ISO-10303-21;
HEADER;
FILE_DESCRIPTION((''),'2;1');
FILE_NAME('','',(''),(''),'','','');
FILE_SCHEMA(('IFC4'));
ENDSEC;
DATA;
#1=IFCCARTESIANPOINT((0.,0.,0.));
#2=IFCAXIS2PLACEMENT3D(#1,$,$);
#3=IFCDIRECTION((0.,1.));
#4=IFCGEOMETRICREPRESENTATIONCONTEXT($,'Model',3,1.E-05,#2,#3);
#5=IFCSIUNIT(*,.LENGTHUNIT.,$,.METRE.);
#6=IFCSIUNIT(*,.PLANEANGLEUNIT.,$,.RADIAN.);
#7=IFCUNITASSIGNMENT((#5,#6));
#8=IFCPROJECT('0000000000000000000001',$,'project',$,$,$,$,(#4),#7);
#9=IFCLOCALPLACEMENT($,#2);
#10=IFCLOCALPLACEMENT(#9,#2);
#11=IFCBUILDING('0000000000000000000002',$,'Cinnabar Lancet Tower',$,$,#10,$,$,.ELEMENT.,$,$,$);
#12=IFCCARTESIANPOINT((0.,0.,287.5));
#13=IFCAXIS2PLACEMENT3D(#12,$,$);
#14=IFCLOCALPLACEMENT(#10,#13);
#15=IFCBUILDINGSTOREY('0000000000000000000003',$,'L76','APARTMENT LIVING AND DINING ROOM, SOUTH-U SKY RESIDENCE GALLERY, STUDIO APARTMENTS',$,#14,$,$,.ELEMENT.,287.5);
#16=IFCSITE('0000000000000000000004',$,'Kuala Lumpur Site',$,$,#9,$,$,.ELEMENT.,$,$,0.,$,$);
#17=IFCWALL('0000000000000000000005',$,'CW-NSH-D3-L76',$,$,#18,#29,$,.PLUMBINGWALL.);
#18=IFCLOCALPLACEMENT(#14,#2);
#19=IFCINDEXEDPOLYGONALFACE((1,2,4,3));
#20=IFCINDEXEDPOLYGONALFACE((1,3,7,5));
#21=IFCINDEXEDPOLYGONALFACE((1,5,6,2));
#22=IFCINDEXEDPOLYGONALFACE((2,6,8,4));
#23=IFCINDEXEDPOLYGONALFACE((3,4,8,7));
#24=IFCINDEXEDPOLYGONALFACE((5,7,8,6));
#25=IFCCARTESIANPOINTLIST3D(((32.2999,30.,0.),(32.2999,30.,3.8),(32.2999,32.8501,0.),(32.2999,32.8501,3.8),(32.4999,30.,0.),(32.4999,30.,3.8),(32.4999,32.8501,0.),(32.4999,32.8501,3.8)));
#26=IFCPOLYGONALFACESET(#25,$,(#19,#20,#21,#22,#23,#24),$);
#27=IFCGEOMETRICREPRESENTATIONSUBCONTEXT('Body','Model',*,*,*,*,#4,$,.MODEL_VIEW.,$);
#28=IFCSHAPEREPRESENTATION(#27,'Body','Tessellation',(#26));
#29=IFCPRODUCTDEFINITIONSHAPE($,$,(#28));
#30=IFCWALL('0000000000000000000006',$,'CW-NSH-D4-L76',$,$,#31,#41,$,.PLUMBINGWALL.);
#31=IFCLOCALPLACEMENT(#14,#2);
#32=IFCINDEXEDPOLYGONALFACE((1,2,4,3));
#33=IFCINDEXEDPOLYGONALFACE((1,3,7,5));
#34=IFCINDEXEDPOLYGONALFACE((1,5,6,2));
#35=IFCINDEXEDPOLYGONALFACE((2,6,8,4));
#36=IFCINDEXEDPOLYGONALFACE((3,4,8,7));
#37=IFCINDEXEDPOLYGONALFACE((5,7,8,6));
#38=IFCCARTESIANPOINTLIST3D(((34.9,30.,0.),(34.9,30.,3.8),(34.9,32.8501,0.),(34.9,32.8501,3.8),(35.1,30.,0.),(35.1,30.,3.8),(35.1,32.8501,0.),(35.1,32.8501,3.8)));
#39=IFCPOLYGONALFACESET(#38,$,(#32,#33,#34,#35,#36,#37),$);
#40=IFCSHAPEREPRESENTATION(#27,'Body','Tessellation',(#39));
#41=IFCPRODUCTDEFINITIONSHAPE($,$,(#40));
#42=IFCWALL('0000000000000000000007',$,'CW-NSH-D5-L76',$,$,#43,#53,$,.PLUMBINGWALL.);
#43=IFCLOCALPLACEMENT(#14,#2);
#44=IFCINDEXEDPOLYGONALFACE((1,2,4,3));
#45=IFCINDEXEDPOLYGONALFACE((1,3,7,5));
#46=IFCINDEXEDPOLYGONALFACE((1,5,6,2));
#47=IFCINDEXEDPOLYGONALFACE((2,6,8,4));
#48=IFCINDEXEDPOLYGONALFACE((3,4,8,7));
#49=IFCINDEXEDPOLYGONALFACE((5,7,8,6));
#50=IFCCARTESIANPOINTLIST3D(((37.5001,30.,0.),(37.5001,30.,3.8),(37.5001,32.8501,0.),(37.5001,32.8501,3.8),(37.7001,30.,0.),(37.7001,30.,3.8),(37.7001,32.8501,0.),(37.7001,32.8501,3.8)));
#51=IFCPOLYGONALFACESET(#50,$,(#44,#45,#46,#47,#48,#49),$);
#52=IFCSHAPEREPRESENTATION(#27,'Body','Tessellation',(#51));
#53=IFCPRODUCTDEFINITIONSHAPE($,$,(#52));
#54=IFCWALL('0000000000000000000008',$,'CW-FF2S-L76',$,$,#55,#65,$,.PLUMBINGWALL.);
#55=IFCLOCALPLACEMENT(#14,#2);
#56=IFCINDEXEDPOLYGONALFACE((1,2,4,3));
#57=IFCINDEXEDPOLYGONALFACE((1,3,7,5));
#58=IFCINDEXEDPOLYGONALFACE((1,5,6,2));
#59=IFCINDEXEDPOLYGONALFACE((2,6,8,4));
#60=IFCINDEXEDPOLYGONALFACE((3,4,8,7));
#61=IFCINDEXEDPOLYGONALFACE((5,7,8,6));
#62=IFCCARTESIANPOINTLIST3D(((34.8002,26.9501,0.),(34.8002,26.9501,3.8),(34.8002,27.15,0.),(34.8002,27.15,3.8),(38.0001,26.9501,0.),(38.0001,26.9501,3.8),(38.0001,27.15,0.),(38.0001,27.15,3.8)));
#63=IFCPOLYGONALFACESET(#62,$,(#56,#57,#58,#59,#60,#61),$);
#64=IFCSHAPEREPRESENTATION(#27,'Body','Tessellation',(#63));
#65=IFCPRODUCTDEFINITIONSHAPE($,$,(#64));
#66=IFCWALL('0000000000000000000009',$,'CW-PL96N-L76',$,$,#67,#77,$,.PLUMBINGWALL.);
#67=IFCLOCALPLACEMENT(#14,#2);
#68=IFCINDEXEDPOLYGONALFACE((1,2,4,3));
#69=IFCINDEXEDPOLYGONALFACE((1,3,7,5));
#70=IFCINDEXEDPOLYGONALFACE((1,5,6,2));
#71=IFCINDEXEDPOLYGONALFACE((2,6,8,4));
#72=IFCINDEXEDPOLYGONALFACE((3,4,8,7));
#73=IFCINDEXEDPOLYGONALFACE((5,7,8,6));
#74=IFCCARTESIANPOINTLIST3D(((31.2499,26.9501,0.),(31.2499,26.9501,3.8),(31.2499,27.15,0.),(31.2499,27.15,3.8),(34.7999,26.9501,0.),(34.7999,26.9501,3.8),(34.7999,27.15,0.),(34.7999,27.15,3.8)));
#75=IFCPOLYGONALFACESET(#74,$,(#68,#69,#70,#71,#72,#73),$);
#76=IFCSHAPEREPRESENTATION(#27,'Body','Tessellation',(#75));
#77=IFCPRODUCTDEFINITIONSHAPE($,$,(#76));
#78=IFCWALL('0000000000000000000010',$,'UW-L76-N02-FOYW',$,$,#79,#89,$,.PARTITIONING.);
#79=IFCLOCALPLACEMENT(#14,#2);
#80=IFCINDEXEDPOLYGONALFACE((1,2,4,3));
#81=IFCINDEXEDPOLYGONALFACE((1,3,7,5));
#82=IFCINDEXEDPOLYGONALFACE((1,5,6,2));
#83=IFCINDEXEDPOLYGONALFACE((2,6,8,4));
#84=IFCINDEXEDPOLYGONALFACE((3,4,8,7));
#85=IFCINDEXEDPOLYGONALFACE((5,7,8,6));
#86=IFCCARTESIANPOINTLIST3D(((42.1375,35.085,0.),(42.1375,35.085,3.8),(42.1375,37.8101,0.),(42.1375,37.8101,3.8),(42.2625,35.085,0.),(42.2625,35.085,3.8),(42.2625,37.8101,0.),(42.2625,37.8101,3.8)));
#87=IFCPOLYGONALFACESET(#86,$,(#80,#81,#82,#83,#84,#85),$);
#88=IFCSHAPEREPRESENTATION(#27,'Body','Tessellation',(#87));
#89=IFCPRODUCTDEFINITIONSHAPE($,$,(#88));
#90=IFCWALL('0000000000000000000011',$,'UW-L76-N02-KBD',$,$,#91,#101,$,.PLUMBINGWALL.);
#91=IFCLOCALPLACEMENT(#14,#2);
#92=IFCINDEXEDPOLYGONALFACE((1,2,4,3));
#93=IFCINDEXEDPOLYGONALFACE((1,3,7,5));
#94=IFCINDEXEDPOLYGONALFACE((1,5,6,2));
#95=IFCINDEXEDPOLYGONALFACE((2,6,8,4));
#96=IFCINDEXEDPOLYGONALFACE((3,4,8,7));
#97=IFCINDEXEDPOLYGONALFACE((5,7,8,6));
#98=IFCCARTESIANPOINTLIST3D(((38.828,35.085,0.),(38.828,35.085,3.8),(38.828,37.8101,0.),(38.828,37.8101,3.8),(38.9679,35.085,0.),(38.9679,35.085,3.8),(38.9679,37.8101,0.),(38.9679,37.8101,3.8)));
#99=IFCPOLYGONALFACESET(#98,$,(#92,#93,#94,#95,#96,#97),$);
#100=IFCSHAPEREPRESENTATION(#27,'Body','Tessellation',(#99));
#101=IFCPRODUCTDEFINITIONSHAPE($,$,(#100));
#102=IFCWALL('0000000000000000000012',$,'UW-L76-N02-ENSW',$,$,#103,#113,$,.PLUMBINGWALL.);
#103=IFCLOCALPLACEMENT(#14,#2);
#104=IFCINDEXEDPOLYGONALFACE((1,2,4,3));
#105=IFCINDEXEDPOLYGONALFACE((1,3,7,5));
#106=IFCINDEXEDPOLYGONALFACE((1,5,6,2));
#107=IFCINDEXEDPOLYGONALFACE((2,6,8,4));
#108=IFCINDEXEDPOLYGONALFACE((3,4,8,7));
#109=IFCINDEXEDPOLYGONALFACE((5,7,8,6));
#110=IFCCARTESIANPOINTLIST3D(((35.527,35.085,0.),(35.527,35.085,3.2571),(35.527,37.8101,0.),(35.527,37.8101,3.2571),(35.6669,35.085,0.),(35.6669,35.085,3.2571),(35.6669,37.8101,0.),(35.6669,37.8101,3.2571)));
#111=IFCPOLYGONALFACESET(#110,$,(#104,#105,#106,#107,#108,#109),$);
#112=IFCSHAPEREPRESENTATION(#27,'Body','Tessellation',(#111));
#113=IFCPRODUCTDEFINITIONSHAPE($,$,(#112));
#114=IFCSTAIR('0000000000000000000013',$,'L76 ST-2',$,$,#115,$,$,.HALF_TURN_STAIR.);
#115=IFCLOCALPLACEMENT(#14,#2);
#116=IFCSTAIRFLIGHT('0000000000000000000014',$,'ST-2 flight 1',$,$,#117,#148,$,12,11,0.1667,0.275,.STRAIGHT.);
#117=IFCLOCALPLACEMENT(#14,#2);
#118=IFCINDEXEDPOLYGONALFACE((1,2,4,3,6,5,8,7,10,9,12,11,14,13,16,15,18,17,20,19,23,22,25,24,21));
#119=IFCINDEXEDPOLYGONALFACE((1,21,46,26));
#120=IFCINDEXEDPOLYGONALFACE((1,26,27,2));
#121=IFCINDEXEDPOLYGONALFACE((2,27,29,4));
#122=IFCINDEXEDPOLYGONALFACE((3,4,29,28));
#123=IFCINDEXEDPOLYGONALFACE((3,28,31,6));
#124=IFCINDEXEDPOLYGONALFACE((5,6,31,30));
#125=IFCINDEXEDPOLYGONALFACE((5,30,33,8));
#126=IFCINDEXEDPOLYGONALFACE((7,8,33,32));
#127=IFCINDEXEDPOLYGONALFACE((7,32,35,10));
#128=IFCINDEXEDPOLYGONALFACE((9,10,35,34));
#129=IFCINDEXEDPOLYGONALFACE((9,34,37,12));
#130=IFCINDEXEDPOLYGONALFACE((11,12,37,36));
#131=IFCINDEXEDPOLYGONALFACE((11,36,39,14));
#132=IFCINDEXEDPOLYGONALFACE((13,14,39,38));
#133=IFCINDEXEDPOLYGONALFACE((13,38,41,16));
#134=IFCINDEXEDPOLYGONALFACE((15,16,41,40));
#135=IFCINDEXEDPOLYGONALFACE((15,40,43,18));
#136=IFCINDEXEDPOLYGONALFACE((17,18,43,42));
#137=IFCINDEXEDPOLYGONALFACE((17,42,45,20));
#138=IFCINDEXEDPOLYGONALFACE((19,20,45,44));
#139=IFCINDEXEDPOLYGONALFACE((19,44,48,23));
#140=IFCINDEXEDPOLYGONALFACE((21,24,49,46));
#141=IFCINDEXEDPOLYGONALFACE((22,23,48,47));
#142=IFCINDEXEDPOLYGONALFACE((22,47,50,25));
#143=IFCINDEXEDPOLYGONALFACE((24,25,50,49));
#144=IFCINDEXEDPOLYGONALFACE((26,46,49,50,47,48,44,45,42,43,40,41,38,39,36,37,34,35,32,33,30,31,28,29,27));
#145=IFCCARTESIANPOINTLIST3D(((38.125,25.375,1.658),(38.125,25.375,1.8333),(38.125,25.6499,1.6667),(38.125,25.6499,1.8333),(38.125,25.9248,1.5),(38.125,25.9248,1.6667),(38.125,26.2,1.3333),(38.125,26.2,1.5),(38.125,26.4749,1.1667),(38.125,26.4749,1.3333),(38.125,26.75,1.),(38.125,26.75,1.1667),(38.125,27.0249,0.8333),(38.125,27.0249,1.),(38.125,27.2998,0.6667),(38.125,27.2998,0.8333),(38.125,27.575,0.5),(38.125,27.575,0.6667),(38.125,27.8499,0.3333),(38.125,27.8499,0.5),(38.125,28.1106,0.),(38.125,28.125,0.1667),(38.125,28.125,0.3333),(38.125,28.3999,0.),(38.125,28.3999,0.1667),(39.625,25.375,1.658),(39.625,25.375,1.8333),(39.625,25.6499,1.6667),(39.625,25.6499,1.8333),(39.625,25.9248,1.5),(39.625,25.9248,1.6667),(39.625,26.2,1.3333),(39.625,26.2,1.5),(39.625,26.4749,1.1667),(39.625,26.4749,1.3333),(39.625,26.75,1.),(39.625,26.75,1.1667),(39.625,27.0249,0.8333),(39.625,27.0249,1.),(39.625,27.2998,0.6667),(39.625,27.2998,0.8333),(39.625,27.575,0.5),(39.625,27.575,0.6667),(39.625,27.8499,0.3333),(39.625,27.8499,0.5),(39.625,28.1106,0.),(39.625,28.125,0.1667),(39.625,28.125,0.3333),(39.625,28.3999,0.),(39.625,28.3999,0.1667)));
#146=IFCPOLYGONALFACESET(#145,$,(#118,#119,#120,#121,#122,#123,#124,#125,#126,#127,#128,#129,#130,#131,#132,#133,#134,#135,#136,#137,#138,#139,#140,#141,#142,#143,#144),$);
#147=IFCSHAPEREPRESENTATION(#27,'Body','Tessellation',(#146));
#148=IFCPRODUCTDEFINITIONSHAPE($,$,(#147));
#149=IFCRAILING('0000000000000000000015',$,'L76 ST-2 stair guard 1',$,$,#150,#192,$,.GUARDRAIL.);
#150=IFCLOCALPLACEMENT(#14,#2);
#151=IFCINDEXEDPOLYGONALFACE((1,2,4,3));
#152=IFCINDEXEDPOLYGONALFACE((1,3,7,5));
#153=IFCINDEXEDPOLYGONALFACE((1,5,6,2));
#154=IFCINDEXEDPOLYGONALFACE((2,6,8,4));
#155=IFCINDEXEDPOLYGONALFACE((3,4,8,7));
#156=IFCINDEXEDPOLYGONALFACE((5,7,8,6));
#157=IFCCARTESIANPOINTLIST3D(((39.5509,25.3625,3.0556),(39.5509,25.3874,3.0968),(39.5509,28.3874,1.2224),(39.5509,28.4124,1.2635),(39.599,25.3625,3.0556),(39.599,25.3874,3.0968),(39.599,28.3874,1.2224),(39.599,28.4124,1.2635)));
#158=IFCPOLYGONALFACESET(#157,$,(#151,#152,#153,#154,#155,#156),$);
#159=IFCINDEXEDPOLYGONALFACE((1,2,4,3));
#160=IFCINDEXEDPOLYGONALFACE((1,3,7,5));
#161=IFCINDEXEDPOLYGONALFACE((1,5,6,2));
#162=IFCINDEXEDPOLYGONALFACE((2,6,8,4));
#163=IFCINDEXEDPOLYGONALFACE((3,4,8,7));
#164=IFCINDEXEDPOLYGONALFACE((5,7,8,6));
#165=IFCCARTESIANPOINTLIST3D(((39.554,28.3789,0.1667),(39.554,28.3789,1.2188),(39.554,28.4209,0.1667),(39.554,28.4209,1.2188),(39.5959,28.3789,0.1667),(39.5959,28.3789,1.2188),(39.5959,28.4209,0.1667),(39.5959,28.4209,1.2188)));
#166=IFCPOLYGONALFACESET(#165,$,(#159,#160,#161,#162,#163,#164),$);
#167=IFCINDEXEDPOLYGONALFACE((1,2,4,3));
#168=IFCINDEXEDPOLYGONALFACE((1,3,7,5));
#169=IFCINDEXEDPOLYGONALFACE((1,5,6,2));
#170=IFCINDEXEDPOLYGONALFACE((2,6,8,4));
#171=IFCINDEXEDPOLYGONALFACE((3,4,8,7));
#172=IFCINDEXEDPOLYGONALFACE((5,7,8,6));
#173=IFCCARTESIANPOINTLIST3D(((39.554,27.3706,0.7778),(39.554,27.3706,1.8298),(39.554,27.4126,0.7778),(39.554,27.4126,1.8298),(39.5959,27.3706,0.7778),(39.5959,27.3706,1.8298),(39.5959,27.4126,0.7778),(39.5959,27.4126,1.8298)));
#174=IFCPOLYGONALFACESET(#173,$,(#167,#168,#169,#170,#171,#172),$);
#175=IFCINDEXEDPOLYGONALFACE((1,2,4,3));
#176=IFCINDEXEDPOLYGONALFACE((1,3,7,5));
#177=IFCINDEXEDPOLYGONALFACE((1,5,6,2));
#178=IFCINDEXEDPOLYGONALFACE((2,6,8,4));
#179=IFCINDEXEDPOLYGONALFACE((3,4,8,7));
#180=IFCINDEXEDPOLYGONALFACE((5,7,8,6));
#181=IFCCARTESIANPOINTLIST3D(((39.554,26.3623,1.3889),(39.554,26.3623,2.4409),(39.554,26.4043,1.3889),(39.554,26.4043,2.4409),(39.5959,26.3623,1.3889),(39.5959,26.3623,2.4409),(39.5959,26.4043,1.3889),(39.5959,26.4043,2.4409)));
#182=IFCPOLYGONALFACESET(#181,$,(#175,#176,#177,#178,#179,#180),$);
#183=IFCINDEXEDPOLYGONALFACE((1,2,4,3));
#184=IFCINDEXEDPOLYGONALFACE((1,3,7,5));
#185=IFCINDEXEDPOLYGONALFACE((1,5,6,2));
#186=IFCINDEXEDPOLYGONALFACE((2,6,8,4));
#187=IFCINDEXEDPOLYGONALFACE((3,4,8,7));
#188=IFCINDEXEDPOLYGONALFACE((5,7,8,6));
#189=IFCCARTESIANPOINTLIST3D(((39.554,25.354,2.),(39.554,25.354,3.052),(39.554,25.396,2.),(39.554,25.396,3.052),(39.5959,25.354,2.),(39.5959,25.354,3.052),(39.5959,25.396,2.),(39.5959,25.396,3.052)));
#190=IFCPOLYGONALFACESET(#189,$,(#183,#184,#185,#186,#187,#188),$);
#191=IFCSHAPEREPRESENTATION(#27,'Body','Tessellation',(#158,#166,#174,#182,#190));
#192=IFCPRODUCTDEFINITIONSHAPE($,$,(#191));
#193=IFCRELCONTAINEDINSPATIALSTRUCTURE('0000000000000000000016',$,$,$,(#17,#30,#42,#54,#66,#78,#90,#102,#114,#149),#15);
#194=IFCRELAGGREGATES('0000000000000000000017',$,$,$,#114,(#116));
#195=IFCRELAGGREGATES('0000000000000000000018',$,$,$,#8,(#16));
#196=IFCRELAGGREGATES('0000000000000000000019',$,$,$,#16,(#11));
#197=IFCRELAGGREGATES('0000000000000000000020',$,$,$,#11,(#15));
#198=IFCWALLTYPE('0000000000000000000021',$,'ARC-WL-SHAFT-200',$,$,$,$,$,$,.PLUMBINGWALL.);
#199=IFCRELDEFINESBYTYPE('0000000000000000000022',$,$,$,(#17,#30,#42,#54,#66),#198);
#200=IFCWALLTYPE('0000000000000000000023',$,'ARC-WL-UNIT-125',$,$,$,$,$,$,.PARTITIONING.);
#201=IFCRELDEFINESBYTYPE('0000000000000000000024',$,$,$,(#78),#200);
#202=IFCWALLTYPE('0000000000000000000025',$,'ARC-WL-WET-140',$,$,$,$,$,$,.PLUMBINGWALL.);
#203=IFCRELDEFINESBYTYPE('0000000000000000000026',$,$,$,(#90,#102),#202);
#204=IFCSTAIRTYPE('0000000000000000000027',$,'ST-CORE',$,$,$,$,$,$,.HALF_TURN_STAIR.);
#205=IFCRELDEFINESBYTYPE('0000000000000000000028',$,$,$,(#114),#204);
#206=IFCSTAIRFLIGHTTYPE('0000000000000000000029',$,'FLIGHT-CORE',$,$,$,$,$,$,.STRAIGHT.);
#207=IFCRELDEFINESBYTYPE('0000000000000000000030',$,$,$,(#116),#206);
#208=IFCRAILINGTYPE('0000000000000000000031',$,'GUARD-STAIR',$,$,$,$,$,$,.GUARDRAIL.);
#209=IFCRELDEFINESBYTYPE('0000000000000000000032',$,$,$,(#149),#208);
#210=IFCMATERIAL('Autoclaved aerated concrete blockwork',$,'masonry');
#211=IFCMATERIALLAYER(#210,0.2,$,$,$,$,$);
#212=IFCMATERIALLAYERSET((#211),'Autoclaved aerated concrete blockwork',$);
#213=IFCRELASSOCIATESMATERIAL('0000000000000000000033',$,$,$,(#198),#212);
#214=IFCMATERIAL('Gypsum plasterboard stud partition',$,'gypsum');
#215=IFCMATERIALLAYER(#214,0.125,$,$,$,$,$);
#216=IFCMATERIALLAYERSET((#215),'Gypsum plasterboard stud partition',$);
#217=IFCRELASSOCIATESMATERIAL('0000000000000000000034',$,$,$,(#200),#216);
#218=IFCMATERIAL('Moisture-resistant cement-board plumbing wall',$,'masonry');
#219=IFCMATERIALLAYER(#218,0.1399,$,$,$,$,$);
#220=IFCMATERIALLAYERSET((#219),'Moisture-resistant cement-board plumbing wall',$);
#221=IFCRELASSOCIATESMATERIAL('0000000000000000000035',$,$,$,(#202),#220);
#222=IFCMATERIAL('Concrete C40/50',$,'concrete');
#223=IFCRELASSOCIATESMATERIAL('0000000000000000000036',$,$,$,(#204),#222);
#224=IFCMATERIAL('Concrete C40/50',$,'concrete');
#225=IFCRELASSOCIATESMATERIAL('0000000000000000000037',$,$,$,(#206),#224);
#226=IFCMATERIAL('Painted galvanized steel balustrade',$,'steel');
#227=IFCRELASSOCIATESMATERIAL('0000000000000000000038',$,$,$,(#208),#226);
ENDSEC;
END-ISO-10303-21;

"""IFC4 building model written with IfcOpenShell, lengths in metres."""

from ifc_helpers import new_model, si_unit, direction, frame, frame_2d, origin, origin_2d, place, context, subcontext, project, spatial, polyline, rectangle, outline, extrude, material, layer, layer_set, type_object, element, aggregate, save


model = new_model("IFC4")

# Units and contexts
model_context = context("Model", 3, precision=1e-05, world=origin(), true_north=direction((0.0, 1.0)))
body_context = subcontext(model_context, "Body", "Model", "MODEL_VIEW")
ifc_project = project(units=[si_unit("LENGTHUNIT", "METRE"), si_unit("PLANEANGLEUNIT", "RADIAN")], contexts=[model_context])

# Site, building, storey
site_placement = place(None, origin())
site = spatial("IfcSite", under=ifc_project, at=site_placement, Name="Kuala Lumpur Site", CompositionType="ELEMENT", RefElevation=0.0)
building_placement = place(site_placement, origin())
building = spatial("IfcBuilding", under=site, at=building_placement, Name="Cinnabar Lancet Tower", CompositionType="ELEMENT")
storey_placement = place(building_placement, frame((0.0, 0.0, 287.5)))
storey = spatial("IfcBuildingStorey", under=building, at=storey_placement, Name="L76", Description="APARTMENT LIVING AND DINING ROOM, SOUTH-U SKY RESIDENCE GALLERY, STUDIO APARTMENTS", CompositionType="ELEMENT", Elevation=287.5)

# Shared definitions
ifc_material_1 = material(Name="Autoclaved aerated concrete blockwork", Category="masonry")
ifc_layer_1 = layer(ifc_material_1, 0.2)
ifc_layer_set_1 = layer_set([ifc_layer_1], Name="Autoclaved aerated concrete blockwork")
wall_type_1 = type_object("IfcWallType", Name="ARC-WL-SHAFT-200", PredefinedType="PLUMBINGWALL", material=ifc_layer_set_1)

# Walls
for number, where, z_axis, x_axis, name in (
    (1, (32.3999, 30.0, 0.0), (0.0, 0.0, 1.0), (0.0, 1.0, 0.0), "CW-NSH-D3-L76"),
    (2, (35.0, 30.0, 0.0), (0.0, 0.0, 1.0), (0.0, 1.0, 0.0), "CW-NSH-D4-L76"),
    (3, (37.6001, 30.0, 0.0), (0.0, 0.0, 1.0), (0.0, 1.0, 0.0), "CW-NSH-D5-L76"),
):
    element("IfcWall", number, at=place(storey_placement, frame(where, z_axis=z_axis, x_axis=x_axis)), inside=storey, type_object=wall_type_1, Name=name, PredefinedType="PLUMBINGWALL", context=body_context, shape_type="SweptSolid", body=[
        extrude(rectangle(XDim=2.8501, YDim=0.2, at=frame_2d((1.425, 0.0))), origin(), (0.0, 0.0, 1.0), 3.8),
    ])

# Walls
wall_1_placement = place(storey_placement, frame((34.8, 27.05, 0.0), z_axis=(0.0, 0.0, 1.0), x_axis=(1.0, 0.0, 0.0)))
element("IfcWall", 4, at=wall_1_placement, inside=storey, type_object=wall_type_1, Name="CW-FF2S-L76", PredefinedType="PLUMBINGWALL", context=body_context, shape_type="SweptSolid", body=[
    extrude(rectangle(XDim=3.2, YDim=0.2, at=frame_2d((1.6001, 0.0))), origin(), (0.0, 0.0, 1.0), 3.8),
])
wall_2_placement = place(storey_placement, frame((31.25, 27.05, 0.0), z_axis=(0.0, 0.0, 1.0), x_axis=(1.0, 0.0, 0.0)))
element("IfcWall", 5, at=wall_2_placement, inside=storey, type_object=wall_type_1, Name="CW-PL96N-L76", PredefinedType="PLUMBINGWALL", context=body_context, shape_type="SweptSolid", body=[
    extrude(rectangle(XDim=3.55, YDim=0.2, at=frame_2d((1.7749, 0.0))), origin(), (0.0, 0.0, 1.0), 3.8),
])
ifc_material_2 = material(Name="Gypsum plasterboard stud partition", Category="gypsum")
ifc_layer_2 = layer(ifc_material_2, 0.125)
ifc_layer_set_2 = layer_set([ifc_layer_2], Name="Gypsum plasterboard stud partition")
wall_type_2 = type_object("IfcWallType", Name="ARC-WL-UNIT-125", PredefinedType="PARTITIONING", material=ifc_layer_set_2)
wall_3_placement = place(storey_placement, frame((42.2, 35.085, 0.0), z_axis=(0.0, 0.0, 1.0), x_axis=(0.0, 1.0, 0.0)))
element("IfcWall", 6, at=wall_3_placement, inside=storey, type_object=wall_type_2, Name="UW-L76-N02-FOYW", PredefinedType="PARTITIONING", context=body_context, shape_type="SweptSolid", body=[
    extrude(rectangle(XDim=2.7251, YDim=0.125, at=frame_2d((1.3625, 0.0))), origin(), (0.0, 0.0, 1.0), 3.8),
])
ifc_material_3 = material(Name="Moisture-resistant cement-board plumbing wall", Category="masonry")
ifc_layer_3 = layer(ifc_material_3, 0.1399)
ifc_layer_set_3 = layer_set([ifc_layer_3], Name="Moisture-resistant cement-board plumbing wall")
wall_type_3 = type_object("IfcWallType", Name="ARC-WL-WET-140", PredefinedType="PLUMBINGWALL", material=ifc_layer_set_3)
wall_4_placement = place(storey_placement, frame((38.8979, 35.085, 0.0), z_axis=(0.0, 0.0, 1.0), x_axis=(0.0, 1.0, 0.0)))
element("IfcWall", 7, at=wall_4_placement, inside=storey, type_object=wall_type_3, Name="UW-L76-N02-KBD", PredefinedType="PLUMBINGWALL", context=body_context, shape_type="SweptSolid", body=[
    extrude(rectangle(XDim=2.7251, YDim=0.1399, at=frame_2d((1.3625, 0.0))), origin(), (0.0, 0.0, 1.0), 3.8),
])
wall_5_placement = place(storey_placement, frame((35.5969, 35.085, 0.0), z_axis=(0.0, 0.0, 1.0), x_axis=(0.0, 1.0, 0.0)))
element("IfcWall", 8, at=wall_5_placement, inside=storey, type_object=wall_type_3, Name="UW-L76-N02-ENSW", PredefinedType="PLUMBINGWALL", context=body_context, shape_type="SweptSolid", body=[
    extrude(rectangle(XDim=2.7251, YDim=0.1399, at=frame_2d((1.3625, 0.0))), origin(), (0.0, 0.0, 1.0), 3.2571),
])

# Stair, stair flight
ifc_material_4 = material(Name="Concrete C40/50", Category="concrete")
stair_type = type_object("IfcStairType", Name="ST-CORE", PredefinedType="HALF_TURN_STAIR", material=ifc_material_4)
stair_placement = place(storey_placement, origin())
stair = element("IfcStair", 9, at=stair_placement, inside=storey, type_object=stair_type, Name="L76 ST-2", PredefinedType="HALF_TURN_STAIR")
ifc_material_5 = material(Name="Concrete C40/50", Category="concrete")
stair_flight_type = type_object("IfcStairFlightType", Name="FLIGHT-CORE", PredefinedType="STRAIGHT", material=ifc_material_5)
stair_flight_placement = place(storey_placement, frame((38.875, 28.3999, 0.0), z_axis=(0.0, 0.0, 1.0), x_axis=(0.0, -1.0, 0.0)))
stair_flight = element("IfcStairFlight", 10, at=stair_flight_placement, type_object=stair_flight_type, Name="ST-2 flight 1", NumberOfRisers=12, NumberOfTreads=11, PredefinedType="STRAIGHT", RiserHeight=0.1667, TreadLength=0.275, context=body_context, shape_type="SweptSolid", body=[
    extrude(outline(polyline([(0.0, 0.0), (0.0, 0.1667), (0.2749, 0.1667), (0.2749, 0.3333), (0.55, 0.3333), (0.55, 0.5), (0.825, 0.5), (0.825, 0.6667), (1.1001, 0.6667), (1.1001, 0.8333), (1.375, 0.8333), (1.375, 1.0), (1.6499, 1.0), (1.6499, 1.1667), (1.925, 1.1667), (1.925, 1.3333), (2.2, 1.3333), (2.2, 1.5), (2.4751, 1.5), (2.4751, 1.6667), (2.75, 1.6667), (2.75, 1.8333), (3.0249, 1.8333), (3.0249, 2.0), (3.0249, 1.658), (0.2893, 0.0), (0.0, 0.0)])), frame((0.0, 0.75, 0.0), z_axis=(0.0, -1.0, 0.0), x_axis=(1.0, 0.0, 0.0)), (0.0, 0.0, 1.0), 1.5),
])
aggregate(stair, [stair_flight])

# Railing
ifc_material_6 = material(Name="Painted galvanized steel balustrade", Category="steel")
railing_type_1 = type_object("IfcRailingType", Name="GUARD-STAIR", PredefinedType="GUARDRAIL", material=ifc_material_6)
railing_1_placement = place(storey_placement, frame((39.575, 28.3999, 0.1667)))
element("IfcRailing", 11, at=railing_1_placement, inside=storey, type_object=railing_type_1, Name="L76 ST-2 stair guard 1", PredefinedType="GUARDRAIL", context=body_context, shape_type="SweptSolid", body=[
    extrude(rectangle(XDim=0.0481, YDim=0.0481, at=origin_2d()), frame((0.0, 0.0, 1.0762), z_axis=(0.0, -0.855201, 0.518297), x_axis=(1.0, 0.0, 0.0)), (0.0, 0.0, 1.0), 3.5371),
    extrude(rectangle(XDim=0.042, YDim=0.042, at=origin_2d()), origin(), (0.0, 0.0, 1.0), 1.052),
    extrude(rectangle(XDim=0.042, YDim=0.042, at=origin_2d()), frame((0.0, -1.0083, 0.6111)), (0.0, 0.0, 1.0), 1.052),
    extrude(rectangle(XDim=0.042, YDim=0.042, at=origin_2d()), frame((0.0, -2.0166, 1.2222)), (0.0, 0.0, 1.0), 1.052),
    extrude(rectangle(XDim=0.042, YDim=0.042, at=origin_2d()), frame((0.0, -3.0249, 1.8333)), (0.0, 0.0, 1.0), 1.052),
])

save(model, "model.ifc")
